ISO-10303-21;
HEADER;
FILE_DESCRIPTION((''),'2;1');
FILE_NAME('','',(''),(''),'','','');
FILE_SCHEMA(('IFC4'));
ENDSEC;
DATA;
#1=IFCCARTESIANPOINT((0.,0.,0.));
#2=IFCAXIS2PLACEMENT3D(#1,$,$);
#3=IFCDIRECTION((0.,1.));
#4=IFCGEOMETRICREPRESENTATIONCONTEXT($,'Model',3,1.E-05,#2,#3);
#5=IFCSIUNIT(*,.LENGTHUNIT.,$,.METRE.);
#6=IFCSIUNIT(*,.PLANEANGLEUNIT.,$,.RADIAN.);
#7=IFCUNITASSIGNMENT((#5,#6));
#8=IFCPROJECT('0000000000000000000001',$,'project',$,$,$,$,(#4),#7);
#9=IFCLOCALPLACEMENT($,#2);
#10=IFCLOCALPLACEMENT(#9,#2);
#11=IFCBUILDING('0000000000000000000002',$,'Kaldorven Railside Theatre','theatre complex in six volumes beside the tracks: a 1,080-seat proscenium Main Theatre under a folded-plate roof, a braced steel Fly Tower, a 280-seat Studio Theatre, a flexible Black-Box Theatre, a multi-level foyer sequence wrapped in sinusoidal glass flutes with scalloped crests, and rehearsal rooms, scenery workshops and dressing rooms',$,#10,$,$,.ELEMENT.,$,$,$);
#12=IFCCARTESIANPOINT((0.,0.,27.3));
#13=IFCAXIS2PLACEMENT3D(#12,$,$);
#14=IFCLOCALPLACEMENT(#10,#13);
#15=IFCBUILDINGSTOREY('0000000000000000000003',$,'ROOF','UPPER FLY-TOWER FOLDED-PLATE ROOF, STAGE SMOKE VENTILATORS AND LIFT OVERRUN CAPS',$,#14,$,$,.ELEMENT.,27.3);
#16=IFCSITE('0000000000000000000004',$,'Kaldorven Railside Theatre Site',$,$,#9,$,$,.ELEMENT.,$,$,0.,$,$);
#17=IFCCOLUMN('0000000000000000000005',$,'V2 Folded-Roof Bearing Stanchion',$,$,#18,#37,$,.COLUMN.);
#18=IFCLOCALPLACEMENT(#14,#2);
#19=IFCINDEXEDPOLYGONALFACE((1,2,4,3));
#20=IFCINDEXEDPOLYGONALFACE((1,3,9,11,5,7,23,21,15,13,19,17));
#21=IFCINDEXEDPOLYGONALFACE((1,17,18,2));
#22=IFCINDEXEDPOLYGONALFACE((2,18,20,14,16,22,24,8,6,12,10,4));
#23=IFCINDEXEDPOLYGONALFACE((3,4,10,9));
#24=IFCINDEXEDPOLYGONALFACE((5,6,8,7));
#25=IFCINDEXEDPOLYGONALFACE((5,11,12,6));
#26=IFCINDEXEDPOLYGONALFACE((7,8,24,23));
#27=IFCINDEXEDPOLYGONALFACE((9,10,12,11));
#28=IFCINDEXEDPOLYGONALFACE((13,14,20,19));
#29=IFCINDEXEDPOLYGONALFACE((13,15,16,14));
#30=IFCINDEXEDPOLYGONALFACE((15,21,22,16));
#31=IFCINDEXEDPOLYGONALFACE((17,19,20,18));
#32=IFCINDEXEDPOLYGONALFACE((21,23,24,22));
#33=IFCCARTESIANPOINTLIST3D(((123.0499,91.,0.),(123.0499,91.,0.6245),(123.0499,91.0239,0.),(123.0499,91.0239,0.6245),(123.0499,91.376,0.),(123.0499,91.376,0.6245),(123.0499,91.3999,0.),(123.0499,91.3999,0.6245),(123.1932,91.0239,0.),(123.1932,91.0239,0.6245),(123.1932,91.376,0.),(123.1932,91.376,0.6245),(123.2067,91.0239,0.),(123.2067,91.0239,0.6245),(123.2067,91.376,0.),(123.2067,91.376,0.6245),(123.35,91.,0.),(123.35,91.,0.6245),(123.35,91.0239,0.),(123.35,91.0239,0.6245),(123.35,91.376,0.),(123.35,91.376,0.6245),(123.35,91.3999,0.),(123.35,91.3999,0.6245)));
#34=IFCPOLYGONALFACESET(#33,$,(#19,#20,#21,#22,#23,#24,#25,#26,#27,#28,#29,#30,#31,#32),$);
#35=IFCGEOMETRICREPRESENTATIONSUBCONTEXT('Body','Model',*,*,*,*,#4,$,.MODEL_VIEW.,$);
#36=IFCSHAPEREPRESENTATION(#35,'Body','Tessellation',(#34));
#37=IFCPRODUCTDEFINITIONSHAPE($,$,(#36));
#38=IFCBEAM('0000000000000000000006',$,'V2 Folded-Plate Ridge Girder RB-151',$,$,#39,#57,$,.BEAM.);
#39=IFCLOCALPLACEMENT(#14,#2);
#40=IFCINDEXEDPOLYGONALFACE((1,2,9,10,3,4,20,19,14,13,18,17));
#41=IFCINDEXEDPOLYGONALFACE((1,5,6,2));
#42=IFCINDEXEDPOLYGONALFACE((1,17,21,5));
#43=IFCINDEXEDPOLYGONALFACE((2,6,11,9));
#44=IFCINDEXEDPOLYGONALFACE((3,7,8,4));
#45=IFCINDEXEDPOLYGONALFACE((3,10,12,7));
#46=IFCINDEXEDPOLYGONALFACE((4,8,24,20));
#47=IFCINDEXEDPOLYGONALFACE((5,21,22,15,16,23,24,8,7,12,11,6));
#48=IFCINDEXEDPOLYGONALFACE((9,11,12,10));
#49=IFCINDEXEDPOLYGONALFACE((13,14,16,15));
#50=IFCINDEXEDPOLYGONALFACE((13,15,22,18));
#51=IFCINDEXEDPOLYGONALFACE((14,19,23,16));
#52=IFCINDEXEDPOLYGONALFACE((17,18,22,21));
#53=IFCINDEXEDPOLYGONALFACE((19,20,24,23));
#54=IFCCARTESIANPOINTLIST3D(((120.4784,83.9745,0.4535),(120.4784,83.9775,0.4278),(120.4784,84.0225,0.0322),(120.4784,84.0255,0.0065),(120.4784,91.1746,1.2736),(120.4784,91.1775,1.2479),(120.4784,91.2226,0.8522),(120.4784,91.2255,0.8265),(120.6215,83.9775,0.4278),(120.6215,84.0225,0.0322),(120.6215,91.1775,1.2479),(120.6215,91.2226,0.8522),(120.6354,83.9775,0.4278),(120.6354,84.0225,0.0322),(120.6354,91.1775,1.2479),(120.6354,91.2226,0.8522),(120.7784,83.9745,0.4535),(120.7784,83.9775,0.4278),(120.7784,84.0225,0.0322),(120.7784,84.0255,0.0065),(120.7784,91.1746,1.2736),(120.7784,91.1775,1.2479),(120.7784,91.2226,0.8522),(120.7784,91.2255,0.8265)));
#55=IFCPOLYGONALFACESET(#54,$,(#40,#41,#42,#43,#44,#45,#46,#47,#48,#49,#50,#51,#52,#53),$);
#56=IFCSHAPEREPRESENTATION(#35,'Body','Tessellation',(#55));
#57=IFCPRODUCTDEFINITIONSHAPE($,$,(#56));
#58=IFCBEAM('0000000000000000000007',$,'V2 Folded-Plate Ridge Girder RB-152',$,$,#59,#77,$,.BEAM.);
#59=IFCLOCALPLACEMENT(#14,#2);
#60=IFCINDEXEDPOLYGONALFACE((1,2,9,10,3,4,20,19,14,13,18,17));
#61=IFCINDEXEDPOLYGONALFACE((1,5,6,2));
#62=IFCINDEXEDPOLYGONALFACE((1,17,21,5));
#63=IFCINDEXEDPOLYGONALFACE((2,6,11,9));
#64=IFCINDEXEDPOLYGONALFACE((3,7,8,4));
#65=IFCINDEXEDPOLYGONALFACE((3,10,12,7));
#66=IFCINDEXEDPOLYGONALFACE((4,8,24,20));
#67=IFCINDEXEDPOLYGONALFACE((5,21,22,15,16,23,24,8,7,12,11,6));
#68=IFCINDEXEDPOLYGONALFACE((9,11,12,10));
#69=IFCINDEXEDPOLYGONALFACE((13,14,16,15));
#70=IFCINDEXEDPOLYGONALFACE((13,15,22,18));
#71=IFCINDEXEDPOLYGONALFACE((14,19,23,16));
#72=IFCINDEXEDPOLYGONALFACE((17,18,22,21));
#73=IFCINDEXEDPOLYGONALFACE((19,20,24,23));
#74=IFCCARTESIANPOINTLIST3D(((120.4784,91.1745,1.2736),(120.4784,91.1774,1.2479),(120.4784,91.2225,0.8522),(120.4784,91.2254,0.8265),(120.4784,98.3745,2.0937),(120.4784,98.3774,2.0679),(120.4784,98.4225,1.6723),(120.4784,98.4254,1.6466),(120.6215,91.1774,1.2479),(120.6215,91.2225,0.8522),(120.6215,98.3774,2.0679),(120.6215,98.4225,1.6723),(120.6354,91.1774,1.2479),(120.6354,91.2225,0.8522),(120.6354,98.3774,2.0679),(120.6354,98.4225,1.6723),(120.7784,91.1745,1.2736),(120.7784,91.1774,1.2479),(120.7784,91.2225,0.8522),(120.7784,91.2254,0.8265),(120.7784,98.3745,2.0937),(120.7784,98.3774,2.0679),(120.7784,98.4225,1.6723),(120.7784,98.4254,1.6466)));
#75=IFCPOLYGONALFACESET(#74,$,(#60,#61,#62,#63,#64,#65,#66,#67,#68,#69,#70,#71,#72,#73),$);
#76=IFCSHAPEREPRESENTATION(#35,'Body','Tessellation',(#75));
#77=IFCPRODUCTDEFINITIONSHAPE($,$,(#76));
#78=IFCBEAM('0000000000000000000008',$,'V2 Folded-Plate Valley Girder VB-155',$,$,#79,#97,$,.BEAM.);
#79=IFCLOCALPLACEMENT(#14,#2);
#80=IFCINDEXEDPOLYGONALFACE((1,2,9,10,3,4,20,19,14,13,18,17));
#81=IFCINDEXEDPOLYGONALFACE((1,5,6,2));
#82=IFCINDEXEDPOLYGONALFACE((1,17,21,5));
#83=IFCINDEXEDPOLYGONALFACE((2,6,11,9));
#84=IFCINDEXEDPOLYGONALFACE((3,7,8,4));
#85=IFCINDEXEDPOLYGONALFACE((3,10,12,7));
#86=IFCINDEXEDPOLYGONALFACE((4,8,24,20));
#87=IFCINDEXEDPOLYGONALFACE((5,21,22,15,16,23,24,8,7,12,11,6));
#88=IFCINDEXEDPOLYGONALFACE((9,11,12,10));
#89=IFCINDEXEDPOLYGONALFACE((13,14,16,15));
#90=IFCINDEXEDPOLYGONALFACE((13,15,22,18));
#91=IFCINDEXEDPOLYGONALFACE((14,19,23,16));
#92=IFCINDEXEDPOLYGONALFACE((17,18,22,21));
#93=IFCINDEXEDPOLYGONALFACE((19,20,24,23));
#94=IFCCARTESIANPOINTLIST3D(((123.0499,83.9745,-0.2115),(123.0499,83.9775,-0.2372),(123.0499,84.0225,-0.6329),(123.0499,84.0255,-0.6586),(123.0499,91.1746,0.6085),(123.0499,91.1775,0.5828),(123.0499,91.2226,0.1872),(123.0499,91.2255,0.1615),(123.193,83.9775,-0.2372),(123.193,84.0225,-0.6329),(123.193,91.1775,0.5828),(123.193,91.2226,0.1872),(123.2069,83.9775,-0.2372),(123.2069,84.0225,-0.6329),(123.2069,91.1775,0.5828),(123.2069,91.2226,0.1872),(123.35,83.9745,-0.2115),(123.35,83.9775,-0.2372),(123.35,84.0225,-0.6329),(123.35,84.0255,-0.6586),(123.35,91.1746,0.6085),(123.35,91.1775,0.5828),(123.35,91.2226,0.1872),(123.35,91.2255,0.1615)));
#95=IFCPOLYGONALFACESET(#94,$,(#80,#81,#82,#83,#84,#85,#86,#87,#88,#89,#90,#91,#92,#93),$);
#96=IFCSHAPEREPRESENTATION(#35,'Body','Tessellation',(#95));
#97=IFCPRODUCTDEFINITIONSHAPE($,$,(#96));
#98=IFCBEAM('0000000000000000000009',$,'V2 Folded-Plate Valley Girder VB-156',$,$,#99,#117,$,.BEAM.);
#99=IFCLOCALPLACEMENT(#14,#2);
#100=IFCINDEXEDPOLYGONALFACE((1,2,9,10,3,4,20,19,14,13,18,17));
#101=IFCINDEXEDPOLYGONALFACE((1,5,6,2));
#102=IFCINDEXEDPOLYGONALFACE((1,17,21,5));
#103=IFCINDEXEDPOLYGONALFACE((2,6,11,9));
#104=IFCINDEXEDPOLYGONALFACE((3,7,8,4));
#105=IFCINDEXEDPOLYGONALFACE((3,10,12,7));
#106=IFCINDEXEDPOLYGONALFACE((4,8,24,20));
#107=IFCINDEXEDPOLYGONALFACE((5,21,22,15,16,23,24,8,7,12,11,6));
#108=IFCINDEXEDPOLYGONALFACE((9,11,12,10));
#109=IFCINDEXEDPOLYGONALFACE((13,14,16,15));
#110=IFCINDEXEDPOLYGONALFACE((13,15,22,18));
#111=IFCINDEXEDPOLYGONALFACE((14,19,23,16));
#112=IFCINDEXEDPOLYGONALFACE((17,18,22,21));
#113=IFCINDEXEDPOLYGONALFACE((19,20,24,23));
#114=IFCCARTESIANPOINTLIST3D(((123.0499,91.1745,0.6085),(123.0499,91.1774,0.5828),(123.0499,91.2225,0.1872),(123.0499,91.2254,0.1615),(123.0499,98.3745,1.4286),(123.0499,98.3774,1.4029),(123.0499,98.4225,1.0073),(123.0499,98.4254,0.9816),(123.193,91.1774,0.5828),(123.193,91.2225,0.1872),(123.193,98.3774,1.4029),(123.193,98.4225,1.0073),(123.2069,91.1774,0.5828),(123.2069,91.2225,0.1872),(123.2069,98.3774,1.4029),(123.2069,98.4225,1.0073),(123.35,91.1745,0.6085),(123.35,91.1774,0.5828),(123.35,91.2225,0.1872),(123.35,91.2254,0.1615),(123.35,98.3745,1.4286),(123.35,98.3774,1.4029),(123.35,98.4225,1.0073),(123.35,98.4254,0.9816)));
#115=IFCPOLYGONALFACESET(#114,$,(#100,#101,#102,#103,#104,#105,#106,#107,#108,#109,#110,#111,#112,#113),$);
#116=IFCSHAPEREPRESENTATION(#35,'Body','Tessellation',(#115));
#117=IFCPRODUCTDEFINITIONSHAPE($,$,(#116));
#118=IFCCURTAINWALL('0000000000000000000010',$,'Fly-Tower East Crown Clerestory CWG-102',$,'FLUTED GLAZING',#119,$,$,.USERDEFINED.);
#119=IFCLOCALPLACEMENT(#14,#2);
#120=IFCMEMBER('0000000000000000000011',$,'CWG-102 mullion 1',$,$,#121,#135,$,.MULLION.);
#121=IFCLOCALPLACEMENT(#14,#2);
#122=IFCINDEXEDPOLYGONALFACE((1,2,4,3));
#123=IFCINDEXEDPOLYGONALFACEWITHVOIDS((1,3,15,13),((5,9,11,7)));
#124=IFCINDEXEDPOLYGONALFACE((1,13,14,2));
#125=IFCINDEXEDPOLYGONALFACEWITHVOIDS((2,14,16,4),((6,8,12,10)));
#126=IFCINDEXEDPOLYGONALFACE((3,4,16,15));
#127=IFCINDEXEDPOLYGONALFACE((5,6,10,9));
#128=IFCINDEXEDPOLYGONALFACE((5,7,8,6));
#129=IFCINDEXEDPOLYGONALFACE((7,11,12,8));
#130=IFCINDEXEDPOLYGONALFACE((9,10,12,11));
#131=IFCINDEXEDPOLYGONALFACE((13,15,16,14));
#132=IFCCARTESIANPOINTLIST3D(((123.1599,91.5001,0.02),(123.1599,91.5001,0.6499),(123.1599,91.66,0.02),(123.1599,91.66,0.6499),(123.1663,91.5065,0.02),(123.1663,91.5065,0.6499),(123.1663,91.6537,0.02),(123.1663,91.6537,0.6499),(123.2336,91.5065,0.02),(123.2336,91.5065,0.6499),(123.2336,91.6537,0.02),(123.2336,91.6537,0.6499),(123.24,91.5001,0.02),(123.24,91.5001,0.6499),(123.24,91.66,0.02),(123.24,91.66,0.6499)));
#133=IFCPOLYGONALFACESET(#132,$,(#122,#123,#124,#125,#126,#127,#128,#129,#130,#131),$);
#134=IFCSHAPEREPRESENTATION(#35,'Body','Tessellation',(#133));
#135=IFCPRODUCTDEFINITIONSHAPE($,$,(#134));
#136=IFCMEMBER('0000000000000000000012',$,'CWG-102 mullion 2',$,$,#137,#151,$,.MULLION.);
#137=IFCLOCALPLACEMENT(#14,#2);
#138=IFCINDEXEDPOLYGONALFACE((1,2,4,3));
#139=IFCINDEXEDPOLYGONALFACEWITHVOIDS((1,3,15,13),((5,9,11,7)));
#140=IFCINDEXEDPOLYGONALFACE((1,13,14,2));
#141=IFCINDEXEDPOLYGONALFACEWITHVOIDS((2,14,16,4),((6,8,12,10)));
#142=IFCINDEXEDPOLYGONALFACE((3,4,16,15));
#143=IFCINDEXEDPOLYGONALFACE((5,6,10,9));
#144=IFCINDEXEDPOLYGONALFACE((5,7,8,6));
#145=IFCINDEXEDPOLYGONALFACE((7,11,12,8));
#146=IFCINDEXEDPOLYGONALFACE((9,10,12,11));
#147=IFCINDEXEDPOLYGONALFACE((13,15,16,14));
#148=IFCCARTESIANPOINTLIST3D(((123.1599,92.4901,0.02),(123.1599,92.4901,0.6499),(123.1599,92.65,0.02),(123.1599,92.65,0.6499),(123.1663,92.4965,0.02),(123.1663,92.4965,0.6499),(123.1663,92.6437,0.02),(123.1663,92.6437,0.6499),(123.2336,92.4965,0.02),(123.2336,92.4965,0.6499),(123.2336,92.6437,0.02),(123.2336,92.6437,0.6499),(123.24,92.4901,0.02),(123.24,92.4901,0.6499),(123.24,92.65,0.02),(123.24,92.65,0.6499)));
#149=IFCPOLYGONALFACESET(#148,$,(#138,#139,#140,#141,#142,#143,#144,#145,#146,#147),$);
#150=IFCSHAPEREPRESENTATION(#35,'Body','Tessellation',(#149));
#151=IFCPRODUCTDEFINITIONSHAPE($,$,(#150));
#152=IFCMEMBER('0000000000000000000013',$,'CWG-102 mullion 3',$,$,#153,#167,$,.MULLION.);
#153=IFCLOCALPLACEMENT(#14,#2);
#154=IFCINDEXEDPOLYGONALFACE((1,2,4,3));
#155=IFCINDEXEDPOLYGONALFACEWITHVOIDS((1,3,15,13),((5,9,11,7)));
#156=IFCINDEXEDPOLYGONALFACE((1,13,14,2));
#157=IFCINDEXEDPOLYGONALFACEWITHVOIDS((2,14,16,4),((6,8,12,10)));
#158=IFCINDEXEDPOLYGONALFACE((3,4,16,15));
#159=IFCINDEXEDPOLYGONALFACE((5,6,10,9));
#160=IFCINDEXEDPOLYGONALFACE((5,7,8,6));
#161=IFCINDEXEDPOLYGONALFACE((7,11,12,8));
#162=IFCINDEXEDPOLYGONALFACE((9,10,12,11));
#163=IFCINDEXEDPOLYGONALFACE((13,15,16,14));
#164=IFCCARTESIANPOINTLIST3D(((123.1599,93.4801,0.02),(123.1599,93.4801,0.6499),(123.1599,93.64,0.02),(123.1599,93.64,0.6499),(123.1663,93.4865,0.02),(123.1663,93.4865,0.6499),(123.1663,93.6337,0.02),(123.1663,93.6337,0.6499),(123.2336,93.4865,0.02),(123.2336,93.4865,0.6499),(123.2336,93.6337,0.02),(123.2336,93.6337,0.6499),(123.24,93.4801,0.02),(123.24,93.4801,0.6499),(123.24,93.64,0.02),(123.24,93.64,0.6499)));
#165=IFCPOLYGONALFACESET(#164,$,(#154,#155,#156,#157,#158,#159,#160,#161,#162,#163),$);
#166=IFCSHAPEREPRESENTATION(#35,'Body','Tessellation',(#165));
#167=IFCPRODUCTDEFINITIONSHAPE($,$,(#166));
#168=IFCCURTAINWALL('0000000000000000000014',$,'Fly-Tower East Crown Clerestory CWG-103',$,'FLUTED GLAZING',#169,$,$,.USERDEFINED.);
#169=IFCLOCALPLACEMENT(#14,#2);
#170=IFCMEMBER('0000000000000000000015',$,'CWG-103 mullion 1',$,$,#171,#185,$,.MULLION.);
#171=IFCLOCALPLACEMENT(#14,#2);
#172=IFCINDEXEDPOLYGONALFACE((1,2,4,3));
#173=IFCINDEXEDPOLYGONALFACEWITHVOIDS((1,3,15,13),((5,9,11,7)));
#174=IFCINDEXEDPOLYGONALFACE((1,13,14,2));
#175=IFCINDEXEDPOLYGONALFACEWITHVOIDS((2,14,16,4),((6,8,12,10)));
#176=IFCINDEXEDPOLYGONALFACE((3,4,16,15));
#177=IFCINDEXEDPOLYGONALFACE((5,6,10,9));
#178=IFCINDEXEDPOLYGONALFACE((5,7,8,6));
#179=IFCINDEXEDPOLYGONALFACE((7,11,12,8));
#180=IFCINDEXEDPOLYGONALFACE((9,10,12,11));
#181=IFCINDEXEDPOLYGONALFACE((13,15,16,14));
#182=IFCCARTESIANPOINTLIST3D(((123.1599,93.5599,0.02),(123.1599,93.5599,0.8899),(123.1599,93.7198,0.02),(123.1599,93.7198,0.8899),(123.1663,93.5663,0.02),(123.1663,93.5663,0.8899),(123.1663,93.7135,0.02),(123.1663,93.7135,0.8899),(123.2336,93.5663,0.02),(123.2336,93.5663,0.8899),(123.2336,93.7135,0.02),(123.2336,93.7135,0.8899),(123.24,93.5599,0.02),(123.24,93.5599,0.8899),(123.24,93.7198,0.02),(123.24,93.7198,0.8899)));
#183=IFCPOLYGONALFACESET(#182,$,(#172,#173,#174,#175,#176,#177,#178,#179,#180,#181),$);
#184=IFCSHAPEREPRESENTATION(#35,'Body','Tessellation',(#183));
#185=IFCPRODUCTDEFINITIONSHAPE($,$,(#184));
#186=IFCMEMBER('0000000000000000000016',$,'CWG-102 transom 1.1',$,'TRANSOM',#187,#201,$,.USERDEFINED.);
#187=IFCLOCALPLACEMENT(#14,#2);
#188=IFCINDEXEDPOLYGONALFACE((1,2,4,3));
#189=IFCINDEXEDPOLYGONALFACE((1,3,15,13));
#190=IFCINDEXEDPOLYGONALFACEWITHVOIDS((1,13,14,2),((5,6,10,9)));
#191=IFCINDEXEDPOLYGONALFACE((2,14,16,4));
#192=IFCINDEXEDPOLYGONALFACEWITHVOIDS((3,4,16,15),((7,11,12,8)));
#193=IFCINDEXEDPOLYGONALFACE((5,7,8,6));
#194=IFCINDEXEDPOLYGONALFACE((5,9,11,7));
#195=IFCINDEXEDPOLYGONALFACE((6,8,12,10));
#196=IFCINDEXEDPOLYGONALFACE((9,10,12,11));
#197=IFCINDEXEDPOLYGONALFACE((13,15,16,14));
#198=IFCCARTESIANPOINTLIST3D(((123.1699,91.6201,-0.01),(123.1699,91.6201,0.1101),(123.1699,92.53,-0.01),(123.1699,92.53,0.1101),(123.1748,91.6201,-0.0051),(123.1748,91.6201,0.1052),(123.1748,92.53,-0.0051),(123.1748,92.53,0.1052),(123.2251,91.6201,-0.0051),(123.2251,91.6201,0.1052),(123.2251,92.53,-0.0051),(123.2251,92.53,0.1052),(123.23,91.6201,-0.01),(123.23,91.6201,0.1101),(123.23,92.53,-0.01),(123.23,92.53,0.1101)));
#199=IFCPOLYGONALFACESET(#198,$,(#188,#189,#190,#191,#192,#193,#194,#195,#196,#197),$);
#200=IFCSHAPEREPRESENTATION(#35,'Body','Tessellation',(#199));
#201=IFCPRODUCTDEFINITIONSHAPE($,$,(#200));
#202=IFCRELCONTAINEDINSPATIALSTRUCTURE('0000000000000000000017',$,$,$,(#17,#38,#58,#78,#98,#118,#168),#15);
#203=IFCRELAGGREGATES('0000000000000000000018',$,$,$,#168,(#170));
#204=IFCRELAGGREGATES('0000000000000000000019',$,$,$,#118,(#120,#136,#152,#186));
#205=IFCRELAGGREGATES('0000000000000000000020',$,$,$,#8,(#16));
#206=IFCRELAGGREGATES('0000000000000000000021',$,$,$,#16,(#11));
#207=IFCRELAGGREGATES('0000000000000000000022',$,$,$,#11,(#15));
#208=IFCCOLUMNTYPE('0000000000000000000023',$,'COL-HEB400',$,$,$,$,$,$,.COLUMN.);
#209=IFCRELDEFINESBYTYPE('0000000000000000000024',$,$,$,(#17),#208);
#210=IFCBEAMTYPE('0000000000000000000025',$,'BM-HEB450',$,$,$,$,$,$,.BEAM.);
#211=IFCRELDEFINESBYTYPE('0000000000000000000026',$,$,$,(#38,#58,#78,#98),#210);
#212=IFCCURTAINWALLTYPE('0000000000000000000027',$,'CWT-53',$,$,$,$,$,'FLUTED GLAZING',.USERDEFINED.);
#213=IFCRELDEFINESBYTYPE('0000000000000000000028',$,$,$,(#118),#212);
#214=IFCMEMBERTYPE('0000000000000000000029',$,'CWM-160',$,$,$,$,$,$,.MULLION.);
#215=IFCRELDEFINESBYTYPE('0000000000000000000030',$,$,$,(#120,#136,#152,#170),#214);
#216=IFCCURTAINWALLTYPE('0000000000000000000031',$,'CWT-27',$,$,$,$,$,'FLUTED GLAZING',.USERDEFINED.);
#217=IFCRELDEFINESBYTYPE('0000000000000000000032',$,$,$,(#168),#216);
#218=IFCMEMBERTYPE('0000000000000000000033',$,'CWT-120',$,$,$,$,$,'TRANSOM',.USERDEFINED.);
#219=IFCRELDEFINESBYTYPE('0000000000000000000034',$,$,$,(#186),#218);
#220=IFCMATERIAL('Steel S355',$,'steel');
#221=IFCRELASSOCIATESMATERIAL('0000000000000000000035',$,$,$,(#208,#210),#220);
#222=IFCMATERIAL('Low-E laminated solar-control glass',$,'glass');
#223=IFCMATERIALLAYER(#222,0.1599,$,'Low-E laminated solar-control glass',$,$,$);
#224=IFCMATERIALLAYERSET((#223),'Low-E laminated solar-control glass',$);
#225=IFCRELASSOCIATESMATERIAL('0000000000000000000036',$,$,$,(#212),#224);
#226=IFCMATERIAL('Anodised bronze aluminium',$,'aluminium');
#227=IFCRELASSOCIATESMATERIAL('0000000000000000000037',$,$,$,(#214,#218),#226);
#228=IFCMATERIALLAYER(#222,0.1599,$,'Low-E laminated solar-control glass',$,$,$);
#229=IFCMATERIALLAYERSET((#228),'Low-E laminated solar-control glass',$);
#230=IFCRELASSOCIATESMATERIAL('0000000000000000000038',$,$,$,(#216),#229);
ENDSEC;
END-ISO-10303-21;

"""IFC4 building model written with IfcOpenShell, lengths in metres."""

from ifc_helpers import new_model, si_unit, direction, frame, origin, origin_2d, place, context, subcontext, project, spatial, hollow_rectangle, i_section, extrude, material, layer, layer_set, material_profile, profile_set, type_object, element, aggregate, save


model = new_model("IFC4")

# Units and contexts
model_context = context("Model", 3, precision=1e-05, world=origin(), true_north=direction((0.0, 1.0)))
body_context = subcontext(model_context, "Body", "Model", "MODEL_VIEW")
ifc_project = project(units=[si_unit("LENGTHUNIT", "METRE"), si_unit("PLANEANGLEUNIT", "RADIAN")], contexts=[model_context])

# Site, building, storey
site_placement = place(None, origin())
site = spatial("IfcSite", under=ifc_project, at=site_placement, Name="Kaldorven Railside Theatre Site", CompositionType="ELEMENT", RefElevation=0.0)
building_placement = place(site_placement, origin())
building = spatial("IfcBuilding", under=site, at=building_placement, Name="Kaldorven Railside Theatre", Description="theatre complex in six volumes beside the tracks: a 1,080-seat proscenium Main Theatre under a folded-plate roof, a braced steel Fly Tower, a 280-seat Studio Theatre, a flexible Black-Box Theatre, a multi-level foyer sequence wrapped in sinusoidal glass flutes with scalloped crests, and rehearsal rooms, scenery workshops and dressing rooms", CompositionType="ELEMENT")
storey_placement = place(building_placement, frame((0.0, 0.0, 27.3)))
storey = spatial("IfcBuildingStorey", under=building, at=storey_placement, Name="ROOF", Description="UPPER FLY-TOWER FOLDED-PLATE ROOF, STAGE SMOKE VENTILATORS AND LIFT OVERRUN CAPS", CompositionType="ELEMENT", Elevation=27.3)

# Column
ifc_material_1 = material(Name="Steel S355", Category="steel")
ifc_material_profile_1 = material_profile(ifc_material_1, i_section(OverallWidth=0.3, OverallDepth=0.3999, WebThickness=0.0134, FlangeThickness=0.0239, at=origin_2d()), Name="HEB 400")
ifc_profile_set_1 = profile_set([ifc_material_profile_1], Name="Steel S355")
column_type = type_object("IfcColumnType", Name="COL-HEB400", PredefinedType="COLUMN", material=ifc_profile_set_1)
column_placement = place(storey_placement, frame((123.2, 91.2, 0.0), z_axis=(0.0, 0.0, 1.0), x_axis=(1.0, 0.0, 0.0)))
element("IfcColumn", 1, at=column_placement, inside=storey, type_object=column_type, Name="V2 Folded-Roof Bearing Stanchion", PredefinedType="COLUMN", context=body_context, shape_type="SweptSolid", body=[
    extrude(i_section(OverallWidth=0.3, OverallDepth=0.3999, WebThickness=0.0134, FlangeThickness=0.0239, at=origin_2d()), origin(), (0.0, 0.0, 1.0), 0.6245),
])

# Beams
ifc_material_profile_2 = material_profile(ifc_material_1, i_section(OverallWidth=0.3, OverallDepth=0.45, WebThickness=0.0139, FlangeThickness=0.0259, at=origin_2d()), Name="HEB 450")
ifc_profile_set_2 = profile_set([ifc_material_profile_2], Name="Steel S355")
beam_type = type_object("IfcBeamType", Name="BM-HEB450", PredefinedType="BEAM", material=ifc_profile_set_2)
for number, where, z_axis, x_axis, name in (
    (2, (120.6284, 84.0, 0.23), (0.0, 0.993576, 0.113167), (-1.0, 0.0, 0.0), "V2 Folded-Plate Ridge Girder RB-151"),
    (3, (120.6284, 91.2, 1.05), (0.0, 0.993576, 0.113167), (-1.0, 0.0, 0.0), "V2 Folded-Plate Ridge Girder RB-152"),
    (4, (123.2, 84.0, -0.4351), (0.0, 0.993576, 0.113167), (-1.0, 0.0, 0.0), "V2 Folded-Plate Valley Girder VB-155"),
    (5, (123.2, 91.2, 0.385), (0.0, 0.993576, 0.113167), (-1.0, 0.0, 0.0), "V2 Folded-Plate Valley Girder VB-156"),
):
    element("IfcBeam", number, at=place(storey_placement, frame(where, z_axis=z_axis, x_axis=x_axis)), inside=storey, type_object=beam_type, Name=name, PredefinedType="BEAM", context=body_context, shape_type="SweptSolid", body=[
        extrude(i_section(OverallWidth=0.3, OverallDepth=0.45, WebThickness=0.0139, FlangeThickness=0.0259, at=origin_2d()), origin(), (0.0, 0.0, 1.0), 7.2466),
    ])

# Curtain wall, members
ifc_material_2 = material(Name="Low-E laminated solar-control glass", Category="glass")
ifc_layer_1 = layer(ifc_material_2, 0.1599, Name="Low-E laminated solar-control glass")
ifc_layer_set_1 = layer_set([ifc_layer_1], Name="Low-E laminated solar-control glass")
curtain_wall_type_1 = type_object("IfcCurtainWallType", Name="CWT-53", ElementType="FLUTED GLAZING", PredefinedType="USERDEFINED", material=ifc_layer_set_1)
curtain_wall_1_placement = place(storey_placement, origin())
curtain_wall_1 = element("IfcCurtainWall", 6, at=curtain_wall_1_placement, inside=storey, type_object=curtain_wall_type_1, Name="Fly-Tower East Crown Clerestory CWG-102", ObjectType="FLUTED GLAZING", PredefinedType="USERDEFINED")
ifc_material_3 = material(Name="Anodised bronze aluminium", Category="aluminium")
ifc_material_profile_3 = material_profile(ifc_material_3, hollow_rectangle(XDim=0.0801, YDim=0.1599, WallThickness=0.0063, at=origin_2d()), Name="RHS 160x80x6.3")
ifc_profile_set_3 = profile_set([ifc_material_profile_3], Name="Anodised bronze aluminium")
member_type_1 = type_object("IfcMemberType", Name="CWM-160", PredefinedType="MULLION", material=ifc_profile_set_3)
member_1_placement = place(storey_placement, frame((123.2, 91.5801, 0.02), z_axis=(0.0, 0.0, 1.0), x_axis=(-1.0, 0.0, 0.0)))
member_1 = element("IfcMember", 7, at=member_1_placement, type_object=member_type_1, Name="CWG-102 mullion 1", PredefinedType="MULLION", context=body_context, shape_type="SweptSolid", body=[
    extrude(hollow_rectangle(XDim=0.0801, YDim=0.1599, WallThickness=0.0063, at=origin_2d()), origin(), (0.0, 0.0, 1.0), 0.6299),
])
member_2_placement = place(storey_placement, frame((123.2, 92.5701, 0.02), z_axis=(0.0, 0.0, 1.0), x_axis=(-1.0, 0.0, 0.0)))
member_2 = element("IfcMember", 8, at=member_2_placement, type_object=member_type_1, Name="CWG-102 mullion 2", PredefinedType="MULLION", context=body_context, shape_type="SweptSolid", body=[
    extrude(hollow_rectangle(XDim=0.0801, YDim=0.1599, WallThickness=0.0063, at=origin_2d()), origin(), (0.0, 0.0, 1.0), 0.6299),
])
member_3_placement = place(storey_placement, frame((123.2, 93.5601, 0.02), z_axis=(0.0, 0.0, 1.0), x_axis=(-1.0, 0.0, 0.0)))
member_3 = element("IfcMember", 9, at=member_3_placement, type_object=member_type_1, Name="CWG-102 mullion 3", PredefinedType="MULLION", context=body_context, shape_type="SweptSolid", body=[
    extrude(hollow_rectangle(XDim=0.0801, YDim=0.1599, WallThickness=0.0063, at=origin_2d()), origin(), (0.0, 0.0, 1.0), 0.6299),
])

# Curtain wall, member
ifc_layer_2 = layer(ifc_material_2, 0.1599, Name="Low-E laminated solar-control glass")
ifc_layer_set_2 = layer_set([ifc_layer_2], Name="Low-E laminated solar-control glass")
curtain_wall_type_2 = type_object("IfcCurtainWallType", Name="CWT-27", ElementType="FLUTED GLAZING", PredefinedType="USERDEFINED", material=ifc_layer_set_2)
curtain_wall_2_placement = place(storey_placement, origin())
curtain_wall_2 = element("IfcCurtainWall", 10, at=curtain_wall_2_placement, inside=storey, type_object=curtain_wall_type_2, Name="Fly-Tower East Crown Clerestory CWG-103", ObjectType="FLUTED GLAZING", PredefinedType="USERDEFINED")
member_4_placement = place(storey_placement, frame((123.2, 93.6399, 0.02), z_axis=(0.0, 0.0, 1.0), x_axis=(-1.0, 0.0, 0.0)))
member_4 = element("IfcMember", 11, at=member_4_placement, type_object=member_type_1, Name="CWG-103 mullion 1", PredefinedType="MULLION", context=body_context, shape_type="SweptSolid", body=[
    extrude(hollow_rectangle(XDim=0.0801, YDim=0.1599, WallThickness=0.0063, at=origin_2d()), origin(), (0.0, 0.0, 1.0), 0.8699),
])
aggregate(curtain_wall_2, [member_4])

# Member
ifc_material_profile_4 = material_profile(ifc_material_3, hollow_rectangle(XDim=0.0601, YDim=0.1201, WallThickness=0.0049, at=origin_2d()), Name="RHS 120x60x5")
ifc_profile_set_4 = profile_set([ifc_material_profile_4], Name="Anodised bronze aluminium")
member_type_2 = type_object("IfcMemberType", Name="CWT-120", ElementType="TRANSOM", PredefinedType="USERDEFINED", material=ifc_profile_set_4)
member_5_placement = place(storey_placement, frame((123.2, 91.6201, 0.05), z_axis=(0.0, 1.0, 0.0), x_axis=(-1.0, 0.0, 0.0)))
member_5 = element("IfcMember", 12, at=member_5_placement, type_object=member_type_2, Name="CWG-102 transom 1.1", ObjectType="TRANSOM", PredefinedType="USERDEFINED", context=body_context, shape_type="SweptSolid", body=[
    extrude(hollow_rectangle(XDim=0.0601, YDim=0.1201, WallThickness=0.0049, at=origin_2d()), origin(), (0.0, 0.0, 1.0), 0.9099),
])

aggregate(curtain_wall_1, [member_1, member_2, member_3, member_5])

save(model, "model.ifc")
